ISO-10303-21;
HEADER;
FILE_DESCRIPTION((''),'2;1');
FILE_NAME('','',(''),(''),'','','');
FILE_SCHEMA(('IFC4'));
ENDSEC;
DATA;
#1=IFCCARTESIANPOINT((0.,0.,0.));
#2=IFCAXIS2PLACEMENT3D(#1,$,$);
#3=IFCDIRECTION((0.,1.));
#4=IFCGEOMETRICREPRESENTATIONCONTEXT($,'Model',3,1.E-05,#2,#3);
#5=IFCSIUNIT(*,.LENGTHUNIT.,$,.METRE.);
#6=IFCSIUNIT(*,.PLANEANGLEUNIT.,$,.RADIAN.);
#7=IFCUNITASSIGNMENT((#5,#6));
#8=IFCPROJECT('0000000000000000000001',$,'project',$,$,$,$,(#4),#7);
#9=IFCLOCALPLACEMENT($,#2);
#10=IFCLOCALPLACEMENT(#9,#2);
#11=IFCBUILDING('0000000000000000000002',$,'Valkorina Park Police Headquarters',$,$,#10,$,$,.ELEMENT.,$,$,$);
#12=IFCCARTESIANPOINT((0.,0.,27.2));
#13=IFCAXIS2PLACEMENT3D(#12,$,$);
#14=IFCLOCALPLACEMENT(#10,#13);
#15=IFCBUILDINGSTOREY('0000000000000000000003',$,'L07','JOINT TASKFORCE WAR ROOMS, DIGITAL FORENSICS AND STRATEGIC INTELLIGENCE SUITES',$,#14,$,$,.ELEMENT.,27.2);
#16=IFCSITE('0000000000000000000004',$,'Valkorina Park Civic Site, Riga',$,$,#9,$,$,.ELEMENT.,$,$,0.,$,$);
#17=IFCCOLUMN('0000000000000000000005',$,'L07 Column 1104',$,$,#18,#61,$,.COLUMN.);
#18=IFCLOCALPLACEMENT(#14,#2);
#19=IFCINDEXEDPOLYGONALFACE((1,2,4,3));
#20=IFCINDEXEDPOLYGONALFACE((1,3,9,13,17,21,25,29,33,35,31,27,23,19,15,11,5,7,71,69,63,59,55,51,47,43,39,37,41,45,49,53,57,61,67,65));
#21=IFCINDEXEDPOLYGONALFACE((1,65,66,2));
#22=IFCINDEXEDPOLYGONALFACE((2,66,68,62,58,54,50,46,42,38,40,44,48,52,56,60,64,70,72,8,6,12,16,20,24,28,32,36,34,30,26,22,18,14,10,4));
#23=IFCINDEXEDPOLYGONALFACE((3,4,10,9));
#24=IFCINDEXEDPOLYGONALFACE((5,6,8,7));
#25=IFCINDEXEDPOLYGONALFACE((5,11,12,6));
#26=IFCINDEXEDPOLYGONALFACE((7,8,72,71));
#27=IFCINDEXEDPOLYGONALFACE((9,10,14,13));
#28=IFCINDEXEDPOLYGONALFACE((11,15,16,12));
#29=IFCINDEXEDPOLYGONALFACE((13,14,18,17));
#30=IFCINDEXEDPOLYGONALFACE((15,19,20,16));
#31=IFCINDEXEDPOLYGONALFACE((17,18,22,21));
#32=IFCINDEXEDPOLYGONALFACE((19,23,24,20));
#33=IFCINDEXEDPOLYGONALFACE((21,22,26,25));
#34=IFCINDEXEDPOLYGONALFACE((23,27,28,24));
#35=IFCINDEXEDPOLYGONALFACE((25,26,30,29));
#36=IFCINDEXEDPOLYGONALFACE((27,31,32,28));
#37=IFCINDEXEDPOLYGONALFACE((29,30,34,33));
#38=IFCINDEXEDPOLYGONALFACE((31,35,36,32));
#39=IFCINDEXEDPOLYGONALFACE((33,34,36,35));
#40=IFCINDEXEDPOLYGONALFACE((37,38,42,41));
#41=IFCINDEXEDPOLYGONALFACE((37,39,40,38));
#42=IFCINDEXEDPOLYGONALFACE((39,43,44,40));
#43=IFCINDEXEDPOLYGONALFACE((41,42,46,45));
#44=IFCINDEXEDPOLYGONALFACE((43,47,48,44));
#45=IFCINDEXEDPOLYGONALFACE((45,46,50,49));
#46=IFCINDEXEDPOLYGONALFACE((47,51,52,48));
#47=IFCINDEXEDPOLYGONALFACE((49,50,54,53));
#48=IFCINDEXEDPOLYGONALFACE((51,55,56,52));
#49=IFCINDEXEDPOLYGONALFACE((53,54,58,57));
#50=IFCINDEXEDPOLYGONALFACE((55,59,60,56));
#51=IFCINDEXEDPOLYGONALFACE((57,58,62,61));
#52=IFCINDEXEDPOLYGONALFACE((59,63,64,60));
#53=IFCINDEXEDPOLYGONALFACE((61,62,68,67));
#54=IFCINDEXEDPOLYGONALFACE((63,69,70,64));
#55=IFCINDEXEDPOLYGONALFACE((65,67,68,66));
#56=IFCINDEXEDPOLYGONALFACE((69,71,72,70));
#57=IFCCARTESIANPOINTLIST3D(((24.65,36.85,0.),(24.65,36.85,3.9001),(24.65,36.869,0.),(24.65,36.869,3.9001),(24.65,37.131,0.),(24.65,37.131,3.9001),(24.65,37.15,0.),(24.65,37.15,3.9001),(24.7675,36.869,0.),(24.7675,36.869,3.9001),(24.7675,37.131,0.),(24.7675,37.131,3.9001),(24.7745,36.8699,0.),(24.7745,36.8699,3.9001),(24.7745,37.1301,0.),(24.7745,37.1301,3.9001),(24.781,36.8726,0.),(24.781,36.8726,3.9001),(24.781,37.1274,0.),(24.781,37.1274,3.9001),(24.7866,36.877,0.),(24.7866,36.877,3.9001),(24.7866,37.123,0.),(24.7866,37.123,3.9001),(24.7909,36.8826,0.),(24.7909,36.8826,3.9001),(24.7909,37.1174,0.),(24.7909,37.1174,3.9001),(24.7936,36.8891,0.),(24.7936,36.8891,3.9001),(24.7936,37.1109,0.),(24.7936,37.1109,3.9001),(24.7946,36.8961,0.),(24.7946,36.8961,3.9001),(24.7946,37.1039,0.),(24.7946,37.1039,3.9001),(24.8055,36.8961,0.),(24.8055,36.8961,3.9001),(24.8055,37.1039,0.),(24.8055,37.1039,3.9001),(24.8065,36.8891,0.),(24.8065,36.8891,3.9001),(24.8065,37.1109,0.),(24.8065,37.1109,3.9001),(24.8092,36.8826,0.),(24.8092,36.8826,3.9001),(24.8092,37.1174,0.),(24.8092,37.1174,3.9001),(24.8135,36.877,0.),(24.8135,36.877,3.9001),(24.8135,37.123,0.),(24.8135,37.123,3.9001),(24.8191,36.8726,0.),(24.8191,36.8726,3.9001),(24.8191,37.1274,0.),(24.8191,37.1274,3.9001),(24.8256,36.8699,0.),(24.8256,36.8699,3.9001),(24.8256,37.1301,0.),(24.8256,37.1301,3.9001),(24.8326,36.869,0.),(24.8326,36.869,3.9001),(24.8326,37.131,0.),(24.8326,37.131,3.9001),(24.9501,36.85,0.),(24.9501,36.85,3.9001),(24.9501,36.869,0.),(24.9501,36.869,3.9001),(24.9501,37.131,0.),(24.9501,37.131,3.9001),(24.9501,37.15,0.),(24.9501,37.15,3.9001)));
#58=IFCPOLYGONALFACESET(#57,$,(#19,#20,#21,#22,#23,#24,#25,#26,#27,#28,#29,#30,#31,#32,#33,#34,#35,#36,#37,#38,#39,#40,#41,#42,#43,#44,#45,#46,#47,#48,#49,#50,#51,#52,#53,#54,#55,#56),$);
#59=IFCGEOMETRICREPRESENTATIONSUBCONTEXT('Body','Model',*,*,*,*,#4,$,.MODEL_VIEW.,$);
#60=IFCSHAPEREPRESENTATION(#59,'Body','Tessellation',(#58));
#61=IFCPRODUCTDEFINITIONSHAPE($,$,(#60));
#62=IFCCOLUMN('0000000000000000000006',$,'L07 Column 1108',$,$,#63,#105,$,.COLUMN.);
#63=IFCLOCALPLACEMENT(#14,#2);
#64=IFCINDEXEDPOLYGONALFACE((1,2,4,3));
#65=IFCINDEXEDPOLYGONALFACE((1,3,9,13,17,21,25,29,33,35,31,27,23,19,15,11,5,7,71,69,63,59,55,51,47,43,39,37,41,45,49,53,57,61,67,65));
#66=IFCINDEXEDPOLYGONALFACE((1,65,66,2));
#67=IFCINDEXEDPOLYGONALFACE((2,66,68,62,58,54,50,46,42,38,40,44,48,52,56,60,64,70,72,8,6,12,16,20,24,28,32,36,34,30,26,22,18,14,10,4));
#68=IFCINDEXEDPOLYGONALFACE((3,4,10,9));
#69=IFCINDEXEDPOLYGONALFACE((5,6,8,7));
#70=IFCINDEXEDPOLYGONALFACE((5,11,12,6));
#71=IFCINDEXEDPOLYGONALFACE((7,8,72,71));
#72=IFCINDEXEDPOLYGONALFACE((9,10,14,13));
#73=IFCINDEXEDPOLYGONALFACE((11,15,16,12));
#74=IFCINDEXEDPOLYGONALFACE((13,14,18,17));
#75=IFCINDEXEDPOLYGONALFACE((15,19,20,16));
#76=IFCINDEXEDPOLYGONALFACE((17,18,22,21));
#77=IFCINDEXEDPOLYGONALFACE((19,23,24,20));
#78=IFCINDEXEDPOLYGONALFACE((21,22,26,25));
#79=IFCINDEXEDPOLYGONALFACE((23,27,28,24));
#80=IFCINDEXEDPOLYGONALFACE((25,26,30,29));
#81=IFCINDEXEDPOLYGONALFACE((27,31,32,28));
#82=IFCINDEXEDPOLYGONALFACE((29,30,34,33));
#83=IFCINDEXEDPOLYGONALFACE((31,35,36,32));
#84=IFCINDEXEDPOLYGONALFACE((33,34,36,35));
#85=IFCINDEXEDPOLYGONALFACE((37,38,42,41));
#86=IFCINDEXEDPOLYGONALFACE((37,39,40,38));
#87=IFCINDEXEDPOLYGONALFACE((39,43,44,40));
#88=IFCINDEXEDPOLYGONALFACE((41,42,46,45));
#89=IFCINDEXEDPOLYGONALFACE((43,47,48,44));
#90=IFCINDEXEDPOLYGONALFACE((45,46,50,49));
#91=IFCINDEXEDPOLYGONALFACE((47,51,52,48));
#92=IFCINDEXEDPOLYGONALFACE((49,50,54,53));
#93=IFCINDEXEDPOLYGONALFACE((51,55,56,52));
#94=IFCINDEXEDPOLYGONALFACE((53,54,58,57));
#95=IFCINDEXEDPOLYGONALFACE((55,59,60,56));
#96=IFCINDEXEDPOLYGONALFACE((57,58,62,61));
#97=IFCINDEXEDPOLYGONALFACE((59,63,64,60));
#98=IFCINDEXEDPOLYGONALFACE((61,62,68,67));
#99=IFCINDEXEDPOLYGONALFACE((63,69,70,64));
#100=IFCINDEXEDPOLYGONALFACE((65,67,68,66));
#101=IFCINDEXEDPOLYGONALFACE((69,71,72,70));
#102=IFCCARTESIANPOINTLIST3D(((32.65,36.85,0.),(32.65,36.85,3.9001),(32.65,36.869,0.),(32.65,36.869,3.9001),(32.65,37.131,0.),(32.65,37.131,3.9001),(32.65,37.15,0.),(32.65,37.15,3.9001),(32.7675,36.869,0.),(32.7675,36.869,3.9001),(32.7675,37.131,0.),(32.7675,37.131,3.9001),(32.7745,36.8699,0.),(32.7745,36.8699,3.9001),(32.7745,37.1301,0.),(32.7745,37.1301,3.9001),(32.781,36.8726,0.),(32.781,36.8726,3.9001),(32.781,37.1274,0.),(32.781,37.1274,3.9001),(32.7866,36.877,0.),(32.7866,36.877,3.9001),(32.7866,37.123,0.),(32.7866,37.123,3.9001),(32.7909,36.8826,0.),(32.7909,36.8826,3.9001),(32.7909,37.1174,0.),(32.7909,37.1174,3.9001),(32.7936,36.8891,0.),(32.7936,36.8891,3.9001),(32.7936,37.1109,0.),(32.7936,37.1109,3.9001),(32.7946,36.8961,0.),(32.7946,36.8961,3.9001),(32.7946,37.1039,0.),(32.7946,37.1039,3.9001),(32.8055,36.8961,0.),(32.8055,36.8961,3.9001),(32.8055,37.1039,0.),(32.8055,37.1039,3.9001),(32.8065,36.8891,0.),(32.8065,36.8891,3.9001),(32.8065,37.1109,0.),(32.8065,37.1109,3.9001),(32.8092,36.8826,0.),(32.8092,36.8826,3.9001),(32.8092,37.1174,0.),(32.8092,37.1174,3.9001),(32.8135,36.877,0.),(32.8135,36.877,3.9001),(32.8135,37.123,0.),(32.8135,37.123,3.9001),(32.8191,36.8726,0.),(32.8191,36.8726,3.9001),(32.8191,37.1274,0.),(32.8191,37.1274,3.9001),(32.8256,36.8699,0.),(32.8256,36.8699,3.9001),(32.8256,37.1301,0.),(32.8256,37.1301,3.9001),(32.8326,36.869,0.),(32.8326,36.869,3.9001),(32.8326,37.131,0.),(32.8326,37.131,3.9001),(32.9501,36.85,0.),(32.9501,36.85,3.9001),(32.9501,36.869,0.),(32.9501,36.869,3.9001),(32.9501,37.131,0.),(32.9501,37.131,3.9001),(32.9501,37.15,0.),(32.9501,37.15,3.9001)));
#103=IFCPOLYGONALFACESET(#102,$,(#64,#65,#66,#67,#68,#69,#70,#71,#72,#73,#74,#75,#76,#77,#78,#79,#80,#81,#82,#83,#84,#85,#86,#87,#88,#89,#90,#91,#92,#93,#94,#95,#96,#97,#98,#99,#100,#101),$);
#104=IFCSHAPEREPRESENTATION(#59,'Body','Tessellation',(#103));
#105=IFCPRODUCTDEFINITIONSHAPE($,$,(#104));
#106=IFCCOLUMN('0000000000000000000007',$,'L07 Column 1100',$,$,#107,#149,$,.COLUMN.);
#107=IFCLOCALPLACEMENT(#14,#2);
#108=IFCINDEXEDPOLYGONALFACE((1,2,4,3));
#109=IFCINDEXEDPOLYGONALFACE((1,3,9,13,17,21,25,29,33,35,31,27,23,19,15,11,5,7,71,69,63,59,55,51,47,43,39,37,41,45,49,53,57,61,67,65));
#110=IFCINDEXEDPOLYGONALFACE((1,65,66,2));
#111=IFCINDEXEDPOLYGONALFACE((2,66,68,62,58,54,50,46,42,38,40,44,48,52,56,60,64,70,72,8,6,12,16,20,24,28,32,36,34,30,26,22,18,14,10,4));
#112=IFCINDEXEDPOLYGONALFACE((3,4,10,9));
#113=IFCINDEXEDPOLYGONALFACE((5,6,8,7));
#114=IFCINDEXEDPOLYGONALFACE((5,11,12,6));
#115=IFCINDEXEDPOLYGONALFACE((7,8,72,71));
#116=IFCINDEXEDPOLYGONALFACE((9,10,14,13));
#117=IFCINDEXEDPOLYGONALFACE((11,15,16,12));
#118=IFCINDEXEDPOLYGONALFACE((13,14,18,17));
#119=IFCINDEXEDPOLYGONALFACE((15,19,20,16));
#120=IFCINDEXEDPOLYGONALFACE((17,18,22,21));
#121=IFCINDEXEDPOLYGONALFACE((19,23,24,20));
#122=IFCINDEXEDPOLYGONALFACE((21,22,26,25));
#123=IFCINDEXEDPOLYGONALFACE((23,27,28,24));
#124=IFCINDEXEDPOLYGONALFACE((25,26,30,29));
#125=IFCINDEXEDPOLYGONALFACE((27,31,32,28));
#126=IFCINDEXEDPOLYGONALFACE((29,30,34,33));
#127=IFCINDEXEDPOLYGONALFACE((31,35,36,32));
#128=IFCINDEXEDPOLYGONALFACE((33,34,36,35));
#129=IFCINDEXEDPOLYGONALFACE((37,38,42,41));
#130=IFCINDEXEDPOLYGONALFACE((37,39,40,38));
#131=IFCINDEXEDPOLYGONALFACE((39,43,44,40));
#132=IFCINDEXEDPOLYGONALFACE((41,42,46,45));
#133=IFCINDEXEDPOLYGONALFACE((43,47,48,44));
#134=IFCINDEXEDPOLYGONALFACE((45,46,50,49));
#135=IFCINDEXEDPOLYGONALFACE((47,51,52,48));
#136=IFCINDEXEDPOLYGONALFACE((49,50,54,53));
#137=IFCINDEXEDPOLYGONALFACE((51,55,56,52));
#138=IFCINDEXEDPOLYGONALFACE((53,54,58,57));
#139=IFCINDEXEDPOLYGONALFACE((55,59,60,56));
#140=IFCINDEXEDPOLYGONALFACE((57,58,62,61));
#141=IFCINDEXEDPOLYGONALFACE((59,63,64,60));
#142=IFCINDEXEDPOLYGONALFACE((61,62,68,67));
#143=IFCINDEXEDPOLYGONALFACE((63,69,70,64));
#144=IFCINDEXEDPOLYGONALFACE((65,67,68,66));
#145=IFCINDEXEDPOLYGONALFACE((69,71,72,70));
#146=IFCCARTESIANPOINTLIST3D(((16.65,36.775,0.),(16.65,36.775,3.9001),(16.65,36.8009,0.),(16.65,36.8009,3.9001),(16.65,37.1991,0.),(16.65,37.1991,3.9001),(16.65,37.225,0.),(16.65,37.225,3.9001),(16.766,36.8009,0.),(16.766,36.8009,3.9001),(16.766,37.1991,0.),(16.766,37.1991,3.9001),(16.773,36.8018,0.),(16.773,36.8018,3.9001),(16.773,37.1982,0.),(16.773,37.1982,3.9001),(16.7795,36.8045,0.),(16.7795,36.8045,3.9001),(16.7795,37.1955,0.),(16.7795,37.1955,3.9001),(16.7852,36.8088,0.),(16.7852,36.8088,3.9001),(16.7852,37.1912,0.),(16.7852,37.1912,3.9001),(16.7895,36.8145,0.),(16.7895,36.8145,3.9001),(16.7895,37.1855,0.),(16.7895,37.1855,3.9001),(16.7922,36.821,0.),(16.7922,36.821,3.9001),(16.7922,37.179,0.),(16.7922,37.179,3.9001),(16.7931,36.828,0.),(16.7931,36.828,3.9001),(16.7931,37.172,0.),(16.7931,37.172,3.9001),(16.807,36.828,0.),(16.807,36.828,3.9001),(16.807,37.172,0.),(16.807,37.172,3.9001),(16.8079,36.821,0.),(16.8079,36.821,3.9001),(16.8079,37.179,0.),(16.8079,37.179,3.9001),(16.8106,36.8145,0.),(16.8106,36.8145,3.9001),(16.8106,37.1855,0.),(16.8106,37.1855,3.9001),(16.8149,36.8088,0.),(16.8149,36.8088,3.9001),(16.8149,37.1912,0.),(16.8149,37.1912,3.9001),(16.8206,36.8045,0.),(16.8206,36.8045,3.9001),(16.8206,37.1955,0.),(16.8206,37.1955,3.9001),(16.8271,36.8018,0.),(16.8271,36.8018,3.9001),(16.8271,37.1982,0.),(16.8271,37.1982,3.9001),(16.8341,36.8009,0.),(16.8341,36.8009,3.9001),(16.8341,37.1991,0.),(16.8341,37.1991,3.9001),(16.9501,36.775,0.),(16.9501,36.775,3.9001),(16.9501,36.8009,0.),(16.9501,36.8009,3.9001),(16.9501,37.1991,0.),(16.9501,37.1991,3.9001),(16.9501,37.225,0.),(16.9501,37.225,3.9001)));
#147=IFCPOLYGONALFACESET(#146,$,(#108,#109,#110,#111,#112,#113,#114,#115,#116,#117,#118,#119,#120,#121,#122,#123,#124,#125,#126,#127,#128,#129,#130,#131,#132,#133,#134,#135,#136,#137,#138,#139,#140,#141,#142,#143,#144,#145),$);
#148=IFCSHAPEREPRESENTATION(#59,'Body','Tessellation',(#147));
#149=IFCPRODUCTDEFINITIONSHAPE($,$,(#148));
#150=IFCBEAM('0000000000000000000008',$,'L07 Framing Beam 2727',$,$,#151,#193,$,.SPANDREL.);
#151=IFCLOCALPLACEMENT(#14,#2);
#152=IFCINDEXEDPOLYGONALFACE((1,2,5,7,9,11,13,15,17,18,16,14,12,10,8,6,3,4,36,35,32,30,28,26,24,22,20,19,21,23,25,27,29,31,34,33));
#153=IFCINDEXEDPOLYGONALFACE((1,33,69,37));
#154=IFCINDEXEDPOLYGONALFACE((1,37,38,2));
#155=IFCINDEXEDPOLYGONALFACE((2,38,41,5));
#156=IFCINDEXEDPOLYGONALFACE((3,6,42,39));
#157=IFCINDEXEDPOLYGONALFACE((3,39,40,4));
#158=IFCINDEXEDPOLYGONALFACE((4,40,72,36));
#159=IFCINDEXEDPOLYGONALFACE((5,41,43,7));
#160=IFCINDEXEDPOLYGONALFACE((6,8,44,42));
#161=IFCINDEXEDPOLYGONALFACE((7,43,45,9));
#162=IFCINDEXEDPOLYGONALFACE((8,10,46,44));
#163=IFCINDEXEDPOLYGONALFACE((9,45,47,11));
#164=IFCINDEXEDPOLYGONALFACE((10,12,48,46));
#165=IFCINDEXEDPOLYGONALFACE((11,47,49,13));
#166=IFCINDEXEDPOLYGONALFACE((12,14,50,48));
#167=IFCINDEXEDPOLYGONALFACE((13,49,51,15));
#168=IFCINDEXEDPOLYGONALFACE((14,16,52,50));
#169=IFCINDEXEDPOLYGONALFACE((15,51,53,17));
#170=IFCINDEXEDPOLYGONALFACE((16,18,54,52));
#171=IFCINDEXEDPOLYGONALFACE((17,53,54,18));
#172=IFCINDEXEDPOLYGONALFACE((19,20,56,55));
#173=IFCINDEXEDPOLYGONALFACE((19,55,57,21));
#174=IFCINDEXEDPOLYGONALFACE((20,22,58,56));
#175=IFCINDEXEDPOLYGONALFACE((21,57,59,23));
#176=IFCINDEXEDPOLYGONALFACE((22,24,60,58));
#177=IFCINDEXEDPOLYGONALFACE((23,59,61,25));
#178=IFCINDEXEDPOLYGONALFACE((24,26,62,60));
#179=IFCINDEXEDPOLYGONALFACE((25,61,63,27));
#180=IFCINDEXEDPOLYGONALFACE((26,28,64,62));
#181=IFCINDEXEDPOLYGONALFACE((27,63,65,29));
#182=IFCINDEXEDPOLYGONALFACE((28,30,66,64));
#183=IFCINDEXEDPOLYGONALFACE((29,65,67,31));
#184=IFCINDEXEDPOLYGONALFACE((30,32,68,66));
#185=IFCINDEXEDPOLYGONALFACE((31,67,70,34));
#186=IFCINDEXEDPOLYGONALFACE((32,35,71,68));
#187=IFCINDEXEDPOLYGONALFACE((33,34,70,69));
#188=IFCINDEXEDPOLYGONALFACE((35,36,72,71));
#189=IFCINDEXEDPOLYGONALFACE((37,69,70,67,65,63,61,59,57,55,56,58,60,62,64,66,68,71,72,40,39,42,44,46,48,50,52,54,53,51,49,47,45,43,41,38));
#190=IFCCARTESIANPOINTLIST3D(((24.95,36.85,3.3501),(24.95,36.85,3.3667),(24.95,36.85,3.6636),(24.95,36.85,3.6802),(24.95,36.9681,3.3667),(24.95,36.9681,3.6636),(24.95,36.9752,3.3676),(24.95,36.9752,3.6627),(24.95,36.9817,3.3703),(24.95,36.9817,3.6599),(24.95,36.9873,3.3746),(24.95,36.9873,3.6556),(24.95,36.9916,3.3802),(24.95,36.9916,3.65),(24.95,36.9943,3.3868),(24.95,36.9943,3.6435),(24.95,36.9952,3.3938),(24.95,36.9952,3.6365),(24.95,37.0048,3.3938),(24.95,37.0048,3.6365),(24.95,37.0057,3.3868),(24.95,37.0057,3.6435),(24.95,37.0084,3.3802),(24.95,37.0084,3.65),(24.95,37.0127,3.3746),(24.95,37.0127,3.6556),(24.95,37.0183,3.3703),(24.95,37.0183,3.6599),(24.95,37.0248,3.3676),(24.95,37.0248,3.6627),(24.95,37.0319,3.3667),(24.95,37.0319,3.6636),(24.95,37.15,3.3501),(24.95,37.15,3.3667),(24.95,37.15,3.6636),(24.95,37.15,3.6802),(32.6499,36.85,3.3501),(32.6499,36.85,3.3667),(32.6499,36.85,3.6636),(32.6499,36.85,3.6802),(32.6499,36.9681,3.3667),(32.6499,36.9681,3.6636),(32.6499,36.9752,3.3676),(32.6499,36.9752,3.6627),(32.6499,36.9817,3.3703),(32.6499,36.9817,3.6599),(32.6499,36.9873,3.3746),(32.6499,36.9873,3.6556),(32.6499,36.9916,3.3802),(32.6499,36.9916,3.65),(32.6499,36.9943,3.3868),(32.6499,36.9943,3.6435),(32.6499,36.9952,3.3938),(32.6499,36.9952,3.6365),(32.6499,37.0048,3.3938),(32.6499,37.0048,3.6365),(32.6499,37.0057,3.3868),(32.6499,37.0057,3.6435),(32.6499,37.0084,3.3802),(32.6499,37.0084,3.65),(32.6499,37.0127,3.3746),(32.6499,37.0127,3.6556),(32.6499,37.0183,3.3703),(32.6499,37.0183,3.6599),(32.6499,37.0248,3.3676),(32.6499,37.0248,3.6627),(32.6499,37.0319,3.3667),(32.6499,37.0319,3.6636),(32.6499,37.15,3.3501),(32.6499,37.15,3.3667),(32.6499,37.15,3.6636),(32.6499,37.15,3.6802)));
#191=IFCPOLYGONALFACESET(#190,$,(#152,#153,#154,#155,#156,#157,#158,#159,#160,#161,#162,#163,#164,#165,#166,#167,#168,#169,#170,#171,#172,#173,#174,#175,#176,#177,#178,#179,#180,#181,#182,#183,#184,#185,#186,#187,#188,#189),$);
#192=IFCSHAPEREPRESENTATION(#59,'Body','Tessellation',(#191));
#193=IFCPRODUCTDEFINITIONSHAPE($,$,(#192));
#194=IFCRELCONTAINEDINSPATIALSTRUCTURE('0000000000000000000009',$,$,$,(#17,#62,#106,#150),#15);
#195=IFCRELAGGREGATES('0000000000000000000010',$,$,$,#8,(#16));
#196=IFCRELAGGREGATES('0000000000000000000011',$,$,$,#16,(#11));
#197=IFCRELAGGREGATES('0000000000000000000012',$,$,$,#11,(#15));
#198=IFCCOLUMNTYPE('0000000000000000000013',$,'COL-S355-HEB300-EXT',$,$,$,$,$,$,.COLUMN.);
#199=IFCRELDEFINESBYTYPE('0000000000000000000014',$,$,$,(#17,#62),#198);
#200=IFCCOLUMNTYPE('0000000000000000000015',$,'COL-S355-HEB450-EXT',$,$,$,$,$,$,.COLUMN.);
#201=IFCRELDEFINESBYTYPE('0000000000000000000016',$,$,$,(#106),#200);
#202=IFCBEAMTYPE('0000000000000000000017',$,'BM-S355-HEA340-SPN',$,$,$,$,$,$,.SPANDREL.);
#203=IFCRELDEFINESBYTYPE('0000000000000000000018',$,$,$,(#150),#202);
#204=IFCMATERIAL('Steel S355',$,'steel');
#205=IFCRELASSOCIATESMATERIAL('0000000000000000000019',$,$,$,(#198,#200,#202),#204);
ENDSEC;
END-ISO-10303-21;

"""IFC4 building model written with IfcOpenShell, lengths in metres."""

from ifc_helpers import new_model, si_unit, direction, frame, origin, origin_2d, place, context, subcontext, project, spatial, i_section, extrude, material, material_profile, profile_set, type_object, element, save


model = new_model("IFC4")

# Units and contexts
model_context = context("Model", 3, precision=1e-05, world=origin(), true_north=direction((0.0, 1.0)))
body_context = subcontext(model_context, "Body", "Model", "MODEL_VIEW")
ifc_project = project(units=[si_unit("LENGTHUNIT", "METRE"), si_unit("PLANEANGLEUNIT", "RADIAN")], contexts=[model_context])

# Site, building, storey
site_placement = place(None, origin())
site = spatial("IfcSite", under=ifc_project, at=site_placement, Name="Valkorina Park Civic Site, Riga", CompositionType="ELEMENT", RefElevation=0.0)
building_placement = place(site_placement, origin())
building = spatial("IfcBuilding", under=site, at=building_placement, Name="Valkorina Park Police Headquarters", CompositionType="ELEMENT")
storey_placement = place(building_placement, frame((0.0, 0.0, 27.2)))
storey = spatial("IfcBuildingStorey", under=building, at=storey_placement, Name="L07", Description="JOINT TASKFORCE WAR ROOMS, DIGITAL FORENSICS AND STRATEGIC INTELLIGENCE SUITES", CompositionType="ELEMENT", Elevation=27.2)

# Columns
ifc_material_1 = material(Name="Steel S355", Category="steel")
ifc_material_profile_1 = material_profile(ifc_material_1, i_section(OverallWidth=0.3, OverallDepth=0.3, WebThickness=0.011, FlangeThickness=0.019, FilletRadius=0.0271, at=origin_2d()), Name="HEB 300")
ifc_profile_set_1 = profile_set([ifc_material_profile_1], Name="Steel S355")
column_type_1 = type_object("IfcColumnType", Name="COL-S355-HEB300-EXT", PredefinedType="COLUMN", material=ifc_profile_set_1)
for number, where, z_axis, x_axis, name in (
    (1, (24.8, 37.0, 0.0), (0.0, 0.0, 1.0), (1.0, 0.0, 0.0), "L07 Column 1104"),
    (2, (32.8, 37.0, 0.0), (0.0, 0.0, 1.0), (1.0, 0.0, 0.0), "L07 Column 1108"),
):
    element("IfcColumn", number, at=place(storey_placement, frame(where, z_axis=z_axis, x_axis=x_axis)), inside=storey, type_object=column_type_1, Name=name, PredefinedType="COLUMN", context=body_context, shape_type="SweptSolid", body=[
        extrude(i_section(OverallWidth=0.3, OverallDepth=0.3, WebThickness=0.011, FlangeThickness=0.019, FilletRadius=0.0271, at=origin_2d()), origin(), (0.0, 0.0, 1.0), 3.9001),
    ])
ifc_material_profile_2 = material_profile(ifc_material_1, i_section(OverallWidth=0.3, OverallDepth=0.45, WebThickness=0.0139, FlangeThickness=0.0259, FilletRadius=0.0271, at=origin_2d()), Name="HEB 450")
ifc_profile_set_2 = profile_set([ifc_material_profile_2], Name="Steel S355")
column_type_2 = type_object("IfcColumnType", Name="COL-S355-HEB450-EXT", PredefinedType="COLUMN", material=ifc_profile_set_2)
column_placement = place(storey_placement, frame((16.8, 37.0, 0.0), z_axis=(0.0, 0.0, 1.0), x_axis=(1.0, 0.0, 0.0)))
element("IfcColumn", 3, at=column_placement, inside=storey, type_object=column_type_2, Name="L07 Column 1100", PredefinedType="COLUMN", context=body_context, shape_type="SweptSolid", body=[
    extrude(i_section(OverallWidth=0.3, OverallDepth=0.45, WebThickness=0.0139, FlangeThickness=0.0259, FilletRadius=0.0271, at=origin_2d()), origin(), (0.0, 0.0, 1.0), 3.9001),
])

# Beam
ifc_material_profile_3 = material_profile(ifc_material_1, i_section(OverallWidth=0.3, OverallDepth=0.3301, WebThickness=0.0095, FlangeThickness=0.0166, FilletRadius=0.0271, at=origin_2d()), Name="HEA 340")
ifc_profile_set_3 = profile_set([ifc_material_profile_3], Name="Steel S355")
beam_type_1 = type_object("IfcBeamType", Name="BM-S355-HEA340-SPN", PredefinedType="SPANDREL", material=ifc_profile_set_3)
for number, where, z_axis, x_axis, name in (
    (4, (24.95, 37.0, 3.5151), (1.0, 0.0, 0.0), (0.0, 1.0, 0.0), "L07 Framing Beam 2727"),
):
    element("IfcBeam", number, at=place(storey_placement, frame(where, z_axis=z_axis, x_axis=x_axis)), inside=storey, type_object=beam_type_1, Name=name, PredefinedType="SPANDREL", context=body_context, shape_type="SweptSolid", body=[
        extrude(i_section(OverallWidth=0.3, OverallDepth=0.3301, WebThickness=0.0095, FlangeThickness=0.0166, FilletRadius=0.0271, at=origin_2d()), origin(), (0.0, 0.0, 1.0), 7.7),
    ])

save(model, "model.ifc")
